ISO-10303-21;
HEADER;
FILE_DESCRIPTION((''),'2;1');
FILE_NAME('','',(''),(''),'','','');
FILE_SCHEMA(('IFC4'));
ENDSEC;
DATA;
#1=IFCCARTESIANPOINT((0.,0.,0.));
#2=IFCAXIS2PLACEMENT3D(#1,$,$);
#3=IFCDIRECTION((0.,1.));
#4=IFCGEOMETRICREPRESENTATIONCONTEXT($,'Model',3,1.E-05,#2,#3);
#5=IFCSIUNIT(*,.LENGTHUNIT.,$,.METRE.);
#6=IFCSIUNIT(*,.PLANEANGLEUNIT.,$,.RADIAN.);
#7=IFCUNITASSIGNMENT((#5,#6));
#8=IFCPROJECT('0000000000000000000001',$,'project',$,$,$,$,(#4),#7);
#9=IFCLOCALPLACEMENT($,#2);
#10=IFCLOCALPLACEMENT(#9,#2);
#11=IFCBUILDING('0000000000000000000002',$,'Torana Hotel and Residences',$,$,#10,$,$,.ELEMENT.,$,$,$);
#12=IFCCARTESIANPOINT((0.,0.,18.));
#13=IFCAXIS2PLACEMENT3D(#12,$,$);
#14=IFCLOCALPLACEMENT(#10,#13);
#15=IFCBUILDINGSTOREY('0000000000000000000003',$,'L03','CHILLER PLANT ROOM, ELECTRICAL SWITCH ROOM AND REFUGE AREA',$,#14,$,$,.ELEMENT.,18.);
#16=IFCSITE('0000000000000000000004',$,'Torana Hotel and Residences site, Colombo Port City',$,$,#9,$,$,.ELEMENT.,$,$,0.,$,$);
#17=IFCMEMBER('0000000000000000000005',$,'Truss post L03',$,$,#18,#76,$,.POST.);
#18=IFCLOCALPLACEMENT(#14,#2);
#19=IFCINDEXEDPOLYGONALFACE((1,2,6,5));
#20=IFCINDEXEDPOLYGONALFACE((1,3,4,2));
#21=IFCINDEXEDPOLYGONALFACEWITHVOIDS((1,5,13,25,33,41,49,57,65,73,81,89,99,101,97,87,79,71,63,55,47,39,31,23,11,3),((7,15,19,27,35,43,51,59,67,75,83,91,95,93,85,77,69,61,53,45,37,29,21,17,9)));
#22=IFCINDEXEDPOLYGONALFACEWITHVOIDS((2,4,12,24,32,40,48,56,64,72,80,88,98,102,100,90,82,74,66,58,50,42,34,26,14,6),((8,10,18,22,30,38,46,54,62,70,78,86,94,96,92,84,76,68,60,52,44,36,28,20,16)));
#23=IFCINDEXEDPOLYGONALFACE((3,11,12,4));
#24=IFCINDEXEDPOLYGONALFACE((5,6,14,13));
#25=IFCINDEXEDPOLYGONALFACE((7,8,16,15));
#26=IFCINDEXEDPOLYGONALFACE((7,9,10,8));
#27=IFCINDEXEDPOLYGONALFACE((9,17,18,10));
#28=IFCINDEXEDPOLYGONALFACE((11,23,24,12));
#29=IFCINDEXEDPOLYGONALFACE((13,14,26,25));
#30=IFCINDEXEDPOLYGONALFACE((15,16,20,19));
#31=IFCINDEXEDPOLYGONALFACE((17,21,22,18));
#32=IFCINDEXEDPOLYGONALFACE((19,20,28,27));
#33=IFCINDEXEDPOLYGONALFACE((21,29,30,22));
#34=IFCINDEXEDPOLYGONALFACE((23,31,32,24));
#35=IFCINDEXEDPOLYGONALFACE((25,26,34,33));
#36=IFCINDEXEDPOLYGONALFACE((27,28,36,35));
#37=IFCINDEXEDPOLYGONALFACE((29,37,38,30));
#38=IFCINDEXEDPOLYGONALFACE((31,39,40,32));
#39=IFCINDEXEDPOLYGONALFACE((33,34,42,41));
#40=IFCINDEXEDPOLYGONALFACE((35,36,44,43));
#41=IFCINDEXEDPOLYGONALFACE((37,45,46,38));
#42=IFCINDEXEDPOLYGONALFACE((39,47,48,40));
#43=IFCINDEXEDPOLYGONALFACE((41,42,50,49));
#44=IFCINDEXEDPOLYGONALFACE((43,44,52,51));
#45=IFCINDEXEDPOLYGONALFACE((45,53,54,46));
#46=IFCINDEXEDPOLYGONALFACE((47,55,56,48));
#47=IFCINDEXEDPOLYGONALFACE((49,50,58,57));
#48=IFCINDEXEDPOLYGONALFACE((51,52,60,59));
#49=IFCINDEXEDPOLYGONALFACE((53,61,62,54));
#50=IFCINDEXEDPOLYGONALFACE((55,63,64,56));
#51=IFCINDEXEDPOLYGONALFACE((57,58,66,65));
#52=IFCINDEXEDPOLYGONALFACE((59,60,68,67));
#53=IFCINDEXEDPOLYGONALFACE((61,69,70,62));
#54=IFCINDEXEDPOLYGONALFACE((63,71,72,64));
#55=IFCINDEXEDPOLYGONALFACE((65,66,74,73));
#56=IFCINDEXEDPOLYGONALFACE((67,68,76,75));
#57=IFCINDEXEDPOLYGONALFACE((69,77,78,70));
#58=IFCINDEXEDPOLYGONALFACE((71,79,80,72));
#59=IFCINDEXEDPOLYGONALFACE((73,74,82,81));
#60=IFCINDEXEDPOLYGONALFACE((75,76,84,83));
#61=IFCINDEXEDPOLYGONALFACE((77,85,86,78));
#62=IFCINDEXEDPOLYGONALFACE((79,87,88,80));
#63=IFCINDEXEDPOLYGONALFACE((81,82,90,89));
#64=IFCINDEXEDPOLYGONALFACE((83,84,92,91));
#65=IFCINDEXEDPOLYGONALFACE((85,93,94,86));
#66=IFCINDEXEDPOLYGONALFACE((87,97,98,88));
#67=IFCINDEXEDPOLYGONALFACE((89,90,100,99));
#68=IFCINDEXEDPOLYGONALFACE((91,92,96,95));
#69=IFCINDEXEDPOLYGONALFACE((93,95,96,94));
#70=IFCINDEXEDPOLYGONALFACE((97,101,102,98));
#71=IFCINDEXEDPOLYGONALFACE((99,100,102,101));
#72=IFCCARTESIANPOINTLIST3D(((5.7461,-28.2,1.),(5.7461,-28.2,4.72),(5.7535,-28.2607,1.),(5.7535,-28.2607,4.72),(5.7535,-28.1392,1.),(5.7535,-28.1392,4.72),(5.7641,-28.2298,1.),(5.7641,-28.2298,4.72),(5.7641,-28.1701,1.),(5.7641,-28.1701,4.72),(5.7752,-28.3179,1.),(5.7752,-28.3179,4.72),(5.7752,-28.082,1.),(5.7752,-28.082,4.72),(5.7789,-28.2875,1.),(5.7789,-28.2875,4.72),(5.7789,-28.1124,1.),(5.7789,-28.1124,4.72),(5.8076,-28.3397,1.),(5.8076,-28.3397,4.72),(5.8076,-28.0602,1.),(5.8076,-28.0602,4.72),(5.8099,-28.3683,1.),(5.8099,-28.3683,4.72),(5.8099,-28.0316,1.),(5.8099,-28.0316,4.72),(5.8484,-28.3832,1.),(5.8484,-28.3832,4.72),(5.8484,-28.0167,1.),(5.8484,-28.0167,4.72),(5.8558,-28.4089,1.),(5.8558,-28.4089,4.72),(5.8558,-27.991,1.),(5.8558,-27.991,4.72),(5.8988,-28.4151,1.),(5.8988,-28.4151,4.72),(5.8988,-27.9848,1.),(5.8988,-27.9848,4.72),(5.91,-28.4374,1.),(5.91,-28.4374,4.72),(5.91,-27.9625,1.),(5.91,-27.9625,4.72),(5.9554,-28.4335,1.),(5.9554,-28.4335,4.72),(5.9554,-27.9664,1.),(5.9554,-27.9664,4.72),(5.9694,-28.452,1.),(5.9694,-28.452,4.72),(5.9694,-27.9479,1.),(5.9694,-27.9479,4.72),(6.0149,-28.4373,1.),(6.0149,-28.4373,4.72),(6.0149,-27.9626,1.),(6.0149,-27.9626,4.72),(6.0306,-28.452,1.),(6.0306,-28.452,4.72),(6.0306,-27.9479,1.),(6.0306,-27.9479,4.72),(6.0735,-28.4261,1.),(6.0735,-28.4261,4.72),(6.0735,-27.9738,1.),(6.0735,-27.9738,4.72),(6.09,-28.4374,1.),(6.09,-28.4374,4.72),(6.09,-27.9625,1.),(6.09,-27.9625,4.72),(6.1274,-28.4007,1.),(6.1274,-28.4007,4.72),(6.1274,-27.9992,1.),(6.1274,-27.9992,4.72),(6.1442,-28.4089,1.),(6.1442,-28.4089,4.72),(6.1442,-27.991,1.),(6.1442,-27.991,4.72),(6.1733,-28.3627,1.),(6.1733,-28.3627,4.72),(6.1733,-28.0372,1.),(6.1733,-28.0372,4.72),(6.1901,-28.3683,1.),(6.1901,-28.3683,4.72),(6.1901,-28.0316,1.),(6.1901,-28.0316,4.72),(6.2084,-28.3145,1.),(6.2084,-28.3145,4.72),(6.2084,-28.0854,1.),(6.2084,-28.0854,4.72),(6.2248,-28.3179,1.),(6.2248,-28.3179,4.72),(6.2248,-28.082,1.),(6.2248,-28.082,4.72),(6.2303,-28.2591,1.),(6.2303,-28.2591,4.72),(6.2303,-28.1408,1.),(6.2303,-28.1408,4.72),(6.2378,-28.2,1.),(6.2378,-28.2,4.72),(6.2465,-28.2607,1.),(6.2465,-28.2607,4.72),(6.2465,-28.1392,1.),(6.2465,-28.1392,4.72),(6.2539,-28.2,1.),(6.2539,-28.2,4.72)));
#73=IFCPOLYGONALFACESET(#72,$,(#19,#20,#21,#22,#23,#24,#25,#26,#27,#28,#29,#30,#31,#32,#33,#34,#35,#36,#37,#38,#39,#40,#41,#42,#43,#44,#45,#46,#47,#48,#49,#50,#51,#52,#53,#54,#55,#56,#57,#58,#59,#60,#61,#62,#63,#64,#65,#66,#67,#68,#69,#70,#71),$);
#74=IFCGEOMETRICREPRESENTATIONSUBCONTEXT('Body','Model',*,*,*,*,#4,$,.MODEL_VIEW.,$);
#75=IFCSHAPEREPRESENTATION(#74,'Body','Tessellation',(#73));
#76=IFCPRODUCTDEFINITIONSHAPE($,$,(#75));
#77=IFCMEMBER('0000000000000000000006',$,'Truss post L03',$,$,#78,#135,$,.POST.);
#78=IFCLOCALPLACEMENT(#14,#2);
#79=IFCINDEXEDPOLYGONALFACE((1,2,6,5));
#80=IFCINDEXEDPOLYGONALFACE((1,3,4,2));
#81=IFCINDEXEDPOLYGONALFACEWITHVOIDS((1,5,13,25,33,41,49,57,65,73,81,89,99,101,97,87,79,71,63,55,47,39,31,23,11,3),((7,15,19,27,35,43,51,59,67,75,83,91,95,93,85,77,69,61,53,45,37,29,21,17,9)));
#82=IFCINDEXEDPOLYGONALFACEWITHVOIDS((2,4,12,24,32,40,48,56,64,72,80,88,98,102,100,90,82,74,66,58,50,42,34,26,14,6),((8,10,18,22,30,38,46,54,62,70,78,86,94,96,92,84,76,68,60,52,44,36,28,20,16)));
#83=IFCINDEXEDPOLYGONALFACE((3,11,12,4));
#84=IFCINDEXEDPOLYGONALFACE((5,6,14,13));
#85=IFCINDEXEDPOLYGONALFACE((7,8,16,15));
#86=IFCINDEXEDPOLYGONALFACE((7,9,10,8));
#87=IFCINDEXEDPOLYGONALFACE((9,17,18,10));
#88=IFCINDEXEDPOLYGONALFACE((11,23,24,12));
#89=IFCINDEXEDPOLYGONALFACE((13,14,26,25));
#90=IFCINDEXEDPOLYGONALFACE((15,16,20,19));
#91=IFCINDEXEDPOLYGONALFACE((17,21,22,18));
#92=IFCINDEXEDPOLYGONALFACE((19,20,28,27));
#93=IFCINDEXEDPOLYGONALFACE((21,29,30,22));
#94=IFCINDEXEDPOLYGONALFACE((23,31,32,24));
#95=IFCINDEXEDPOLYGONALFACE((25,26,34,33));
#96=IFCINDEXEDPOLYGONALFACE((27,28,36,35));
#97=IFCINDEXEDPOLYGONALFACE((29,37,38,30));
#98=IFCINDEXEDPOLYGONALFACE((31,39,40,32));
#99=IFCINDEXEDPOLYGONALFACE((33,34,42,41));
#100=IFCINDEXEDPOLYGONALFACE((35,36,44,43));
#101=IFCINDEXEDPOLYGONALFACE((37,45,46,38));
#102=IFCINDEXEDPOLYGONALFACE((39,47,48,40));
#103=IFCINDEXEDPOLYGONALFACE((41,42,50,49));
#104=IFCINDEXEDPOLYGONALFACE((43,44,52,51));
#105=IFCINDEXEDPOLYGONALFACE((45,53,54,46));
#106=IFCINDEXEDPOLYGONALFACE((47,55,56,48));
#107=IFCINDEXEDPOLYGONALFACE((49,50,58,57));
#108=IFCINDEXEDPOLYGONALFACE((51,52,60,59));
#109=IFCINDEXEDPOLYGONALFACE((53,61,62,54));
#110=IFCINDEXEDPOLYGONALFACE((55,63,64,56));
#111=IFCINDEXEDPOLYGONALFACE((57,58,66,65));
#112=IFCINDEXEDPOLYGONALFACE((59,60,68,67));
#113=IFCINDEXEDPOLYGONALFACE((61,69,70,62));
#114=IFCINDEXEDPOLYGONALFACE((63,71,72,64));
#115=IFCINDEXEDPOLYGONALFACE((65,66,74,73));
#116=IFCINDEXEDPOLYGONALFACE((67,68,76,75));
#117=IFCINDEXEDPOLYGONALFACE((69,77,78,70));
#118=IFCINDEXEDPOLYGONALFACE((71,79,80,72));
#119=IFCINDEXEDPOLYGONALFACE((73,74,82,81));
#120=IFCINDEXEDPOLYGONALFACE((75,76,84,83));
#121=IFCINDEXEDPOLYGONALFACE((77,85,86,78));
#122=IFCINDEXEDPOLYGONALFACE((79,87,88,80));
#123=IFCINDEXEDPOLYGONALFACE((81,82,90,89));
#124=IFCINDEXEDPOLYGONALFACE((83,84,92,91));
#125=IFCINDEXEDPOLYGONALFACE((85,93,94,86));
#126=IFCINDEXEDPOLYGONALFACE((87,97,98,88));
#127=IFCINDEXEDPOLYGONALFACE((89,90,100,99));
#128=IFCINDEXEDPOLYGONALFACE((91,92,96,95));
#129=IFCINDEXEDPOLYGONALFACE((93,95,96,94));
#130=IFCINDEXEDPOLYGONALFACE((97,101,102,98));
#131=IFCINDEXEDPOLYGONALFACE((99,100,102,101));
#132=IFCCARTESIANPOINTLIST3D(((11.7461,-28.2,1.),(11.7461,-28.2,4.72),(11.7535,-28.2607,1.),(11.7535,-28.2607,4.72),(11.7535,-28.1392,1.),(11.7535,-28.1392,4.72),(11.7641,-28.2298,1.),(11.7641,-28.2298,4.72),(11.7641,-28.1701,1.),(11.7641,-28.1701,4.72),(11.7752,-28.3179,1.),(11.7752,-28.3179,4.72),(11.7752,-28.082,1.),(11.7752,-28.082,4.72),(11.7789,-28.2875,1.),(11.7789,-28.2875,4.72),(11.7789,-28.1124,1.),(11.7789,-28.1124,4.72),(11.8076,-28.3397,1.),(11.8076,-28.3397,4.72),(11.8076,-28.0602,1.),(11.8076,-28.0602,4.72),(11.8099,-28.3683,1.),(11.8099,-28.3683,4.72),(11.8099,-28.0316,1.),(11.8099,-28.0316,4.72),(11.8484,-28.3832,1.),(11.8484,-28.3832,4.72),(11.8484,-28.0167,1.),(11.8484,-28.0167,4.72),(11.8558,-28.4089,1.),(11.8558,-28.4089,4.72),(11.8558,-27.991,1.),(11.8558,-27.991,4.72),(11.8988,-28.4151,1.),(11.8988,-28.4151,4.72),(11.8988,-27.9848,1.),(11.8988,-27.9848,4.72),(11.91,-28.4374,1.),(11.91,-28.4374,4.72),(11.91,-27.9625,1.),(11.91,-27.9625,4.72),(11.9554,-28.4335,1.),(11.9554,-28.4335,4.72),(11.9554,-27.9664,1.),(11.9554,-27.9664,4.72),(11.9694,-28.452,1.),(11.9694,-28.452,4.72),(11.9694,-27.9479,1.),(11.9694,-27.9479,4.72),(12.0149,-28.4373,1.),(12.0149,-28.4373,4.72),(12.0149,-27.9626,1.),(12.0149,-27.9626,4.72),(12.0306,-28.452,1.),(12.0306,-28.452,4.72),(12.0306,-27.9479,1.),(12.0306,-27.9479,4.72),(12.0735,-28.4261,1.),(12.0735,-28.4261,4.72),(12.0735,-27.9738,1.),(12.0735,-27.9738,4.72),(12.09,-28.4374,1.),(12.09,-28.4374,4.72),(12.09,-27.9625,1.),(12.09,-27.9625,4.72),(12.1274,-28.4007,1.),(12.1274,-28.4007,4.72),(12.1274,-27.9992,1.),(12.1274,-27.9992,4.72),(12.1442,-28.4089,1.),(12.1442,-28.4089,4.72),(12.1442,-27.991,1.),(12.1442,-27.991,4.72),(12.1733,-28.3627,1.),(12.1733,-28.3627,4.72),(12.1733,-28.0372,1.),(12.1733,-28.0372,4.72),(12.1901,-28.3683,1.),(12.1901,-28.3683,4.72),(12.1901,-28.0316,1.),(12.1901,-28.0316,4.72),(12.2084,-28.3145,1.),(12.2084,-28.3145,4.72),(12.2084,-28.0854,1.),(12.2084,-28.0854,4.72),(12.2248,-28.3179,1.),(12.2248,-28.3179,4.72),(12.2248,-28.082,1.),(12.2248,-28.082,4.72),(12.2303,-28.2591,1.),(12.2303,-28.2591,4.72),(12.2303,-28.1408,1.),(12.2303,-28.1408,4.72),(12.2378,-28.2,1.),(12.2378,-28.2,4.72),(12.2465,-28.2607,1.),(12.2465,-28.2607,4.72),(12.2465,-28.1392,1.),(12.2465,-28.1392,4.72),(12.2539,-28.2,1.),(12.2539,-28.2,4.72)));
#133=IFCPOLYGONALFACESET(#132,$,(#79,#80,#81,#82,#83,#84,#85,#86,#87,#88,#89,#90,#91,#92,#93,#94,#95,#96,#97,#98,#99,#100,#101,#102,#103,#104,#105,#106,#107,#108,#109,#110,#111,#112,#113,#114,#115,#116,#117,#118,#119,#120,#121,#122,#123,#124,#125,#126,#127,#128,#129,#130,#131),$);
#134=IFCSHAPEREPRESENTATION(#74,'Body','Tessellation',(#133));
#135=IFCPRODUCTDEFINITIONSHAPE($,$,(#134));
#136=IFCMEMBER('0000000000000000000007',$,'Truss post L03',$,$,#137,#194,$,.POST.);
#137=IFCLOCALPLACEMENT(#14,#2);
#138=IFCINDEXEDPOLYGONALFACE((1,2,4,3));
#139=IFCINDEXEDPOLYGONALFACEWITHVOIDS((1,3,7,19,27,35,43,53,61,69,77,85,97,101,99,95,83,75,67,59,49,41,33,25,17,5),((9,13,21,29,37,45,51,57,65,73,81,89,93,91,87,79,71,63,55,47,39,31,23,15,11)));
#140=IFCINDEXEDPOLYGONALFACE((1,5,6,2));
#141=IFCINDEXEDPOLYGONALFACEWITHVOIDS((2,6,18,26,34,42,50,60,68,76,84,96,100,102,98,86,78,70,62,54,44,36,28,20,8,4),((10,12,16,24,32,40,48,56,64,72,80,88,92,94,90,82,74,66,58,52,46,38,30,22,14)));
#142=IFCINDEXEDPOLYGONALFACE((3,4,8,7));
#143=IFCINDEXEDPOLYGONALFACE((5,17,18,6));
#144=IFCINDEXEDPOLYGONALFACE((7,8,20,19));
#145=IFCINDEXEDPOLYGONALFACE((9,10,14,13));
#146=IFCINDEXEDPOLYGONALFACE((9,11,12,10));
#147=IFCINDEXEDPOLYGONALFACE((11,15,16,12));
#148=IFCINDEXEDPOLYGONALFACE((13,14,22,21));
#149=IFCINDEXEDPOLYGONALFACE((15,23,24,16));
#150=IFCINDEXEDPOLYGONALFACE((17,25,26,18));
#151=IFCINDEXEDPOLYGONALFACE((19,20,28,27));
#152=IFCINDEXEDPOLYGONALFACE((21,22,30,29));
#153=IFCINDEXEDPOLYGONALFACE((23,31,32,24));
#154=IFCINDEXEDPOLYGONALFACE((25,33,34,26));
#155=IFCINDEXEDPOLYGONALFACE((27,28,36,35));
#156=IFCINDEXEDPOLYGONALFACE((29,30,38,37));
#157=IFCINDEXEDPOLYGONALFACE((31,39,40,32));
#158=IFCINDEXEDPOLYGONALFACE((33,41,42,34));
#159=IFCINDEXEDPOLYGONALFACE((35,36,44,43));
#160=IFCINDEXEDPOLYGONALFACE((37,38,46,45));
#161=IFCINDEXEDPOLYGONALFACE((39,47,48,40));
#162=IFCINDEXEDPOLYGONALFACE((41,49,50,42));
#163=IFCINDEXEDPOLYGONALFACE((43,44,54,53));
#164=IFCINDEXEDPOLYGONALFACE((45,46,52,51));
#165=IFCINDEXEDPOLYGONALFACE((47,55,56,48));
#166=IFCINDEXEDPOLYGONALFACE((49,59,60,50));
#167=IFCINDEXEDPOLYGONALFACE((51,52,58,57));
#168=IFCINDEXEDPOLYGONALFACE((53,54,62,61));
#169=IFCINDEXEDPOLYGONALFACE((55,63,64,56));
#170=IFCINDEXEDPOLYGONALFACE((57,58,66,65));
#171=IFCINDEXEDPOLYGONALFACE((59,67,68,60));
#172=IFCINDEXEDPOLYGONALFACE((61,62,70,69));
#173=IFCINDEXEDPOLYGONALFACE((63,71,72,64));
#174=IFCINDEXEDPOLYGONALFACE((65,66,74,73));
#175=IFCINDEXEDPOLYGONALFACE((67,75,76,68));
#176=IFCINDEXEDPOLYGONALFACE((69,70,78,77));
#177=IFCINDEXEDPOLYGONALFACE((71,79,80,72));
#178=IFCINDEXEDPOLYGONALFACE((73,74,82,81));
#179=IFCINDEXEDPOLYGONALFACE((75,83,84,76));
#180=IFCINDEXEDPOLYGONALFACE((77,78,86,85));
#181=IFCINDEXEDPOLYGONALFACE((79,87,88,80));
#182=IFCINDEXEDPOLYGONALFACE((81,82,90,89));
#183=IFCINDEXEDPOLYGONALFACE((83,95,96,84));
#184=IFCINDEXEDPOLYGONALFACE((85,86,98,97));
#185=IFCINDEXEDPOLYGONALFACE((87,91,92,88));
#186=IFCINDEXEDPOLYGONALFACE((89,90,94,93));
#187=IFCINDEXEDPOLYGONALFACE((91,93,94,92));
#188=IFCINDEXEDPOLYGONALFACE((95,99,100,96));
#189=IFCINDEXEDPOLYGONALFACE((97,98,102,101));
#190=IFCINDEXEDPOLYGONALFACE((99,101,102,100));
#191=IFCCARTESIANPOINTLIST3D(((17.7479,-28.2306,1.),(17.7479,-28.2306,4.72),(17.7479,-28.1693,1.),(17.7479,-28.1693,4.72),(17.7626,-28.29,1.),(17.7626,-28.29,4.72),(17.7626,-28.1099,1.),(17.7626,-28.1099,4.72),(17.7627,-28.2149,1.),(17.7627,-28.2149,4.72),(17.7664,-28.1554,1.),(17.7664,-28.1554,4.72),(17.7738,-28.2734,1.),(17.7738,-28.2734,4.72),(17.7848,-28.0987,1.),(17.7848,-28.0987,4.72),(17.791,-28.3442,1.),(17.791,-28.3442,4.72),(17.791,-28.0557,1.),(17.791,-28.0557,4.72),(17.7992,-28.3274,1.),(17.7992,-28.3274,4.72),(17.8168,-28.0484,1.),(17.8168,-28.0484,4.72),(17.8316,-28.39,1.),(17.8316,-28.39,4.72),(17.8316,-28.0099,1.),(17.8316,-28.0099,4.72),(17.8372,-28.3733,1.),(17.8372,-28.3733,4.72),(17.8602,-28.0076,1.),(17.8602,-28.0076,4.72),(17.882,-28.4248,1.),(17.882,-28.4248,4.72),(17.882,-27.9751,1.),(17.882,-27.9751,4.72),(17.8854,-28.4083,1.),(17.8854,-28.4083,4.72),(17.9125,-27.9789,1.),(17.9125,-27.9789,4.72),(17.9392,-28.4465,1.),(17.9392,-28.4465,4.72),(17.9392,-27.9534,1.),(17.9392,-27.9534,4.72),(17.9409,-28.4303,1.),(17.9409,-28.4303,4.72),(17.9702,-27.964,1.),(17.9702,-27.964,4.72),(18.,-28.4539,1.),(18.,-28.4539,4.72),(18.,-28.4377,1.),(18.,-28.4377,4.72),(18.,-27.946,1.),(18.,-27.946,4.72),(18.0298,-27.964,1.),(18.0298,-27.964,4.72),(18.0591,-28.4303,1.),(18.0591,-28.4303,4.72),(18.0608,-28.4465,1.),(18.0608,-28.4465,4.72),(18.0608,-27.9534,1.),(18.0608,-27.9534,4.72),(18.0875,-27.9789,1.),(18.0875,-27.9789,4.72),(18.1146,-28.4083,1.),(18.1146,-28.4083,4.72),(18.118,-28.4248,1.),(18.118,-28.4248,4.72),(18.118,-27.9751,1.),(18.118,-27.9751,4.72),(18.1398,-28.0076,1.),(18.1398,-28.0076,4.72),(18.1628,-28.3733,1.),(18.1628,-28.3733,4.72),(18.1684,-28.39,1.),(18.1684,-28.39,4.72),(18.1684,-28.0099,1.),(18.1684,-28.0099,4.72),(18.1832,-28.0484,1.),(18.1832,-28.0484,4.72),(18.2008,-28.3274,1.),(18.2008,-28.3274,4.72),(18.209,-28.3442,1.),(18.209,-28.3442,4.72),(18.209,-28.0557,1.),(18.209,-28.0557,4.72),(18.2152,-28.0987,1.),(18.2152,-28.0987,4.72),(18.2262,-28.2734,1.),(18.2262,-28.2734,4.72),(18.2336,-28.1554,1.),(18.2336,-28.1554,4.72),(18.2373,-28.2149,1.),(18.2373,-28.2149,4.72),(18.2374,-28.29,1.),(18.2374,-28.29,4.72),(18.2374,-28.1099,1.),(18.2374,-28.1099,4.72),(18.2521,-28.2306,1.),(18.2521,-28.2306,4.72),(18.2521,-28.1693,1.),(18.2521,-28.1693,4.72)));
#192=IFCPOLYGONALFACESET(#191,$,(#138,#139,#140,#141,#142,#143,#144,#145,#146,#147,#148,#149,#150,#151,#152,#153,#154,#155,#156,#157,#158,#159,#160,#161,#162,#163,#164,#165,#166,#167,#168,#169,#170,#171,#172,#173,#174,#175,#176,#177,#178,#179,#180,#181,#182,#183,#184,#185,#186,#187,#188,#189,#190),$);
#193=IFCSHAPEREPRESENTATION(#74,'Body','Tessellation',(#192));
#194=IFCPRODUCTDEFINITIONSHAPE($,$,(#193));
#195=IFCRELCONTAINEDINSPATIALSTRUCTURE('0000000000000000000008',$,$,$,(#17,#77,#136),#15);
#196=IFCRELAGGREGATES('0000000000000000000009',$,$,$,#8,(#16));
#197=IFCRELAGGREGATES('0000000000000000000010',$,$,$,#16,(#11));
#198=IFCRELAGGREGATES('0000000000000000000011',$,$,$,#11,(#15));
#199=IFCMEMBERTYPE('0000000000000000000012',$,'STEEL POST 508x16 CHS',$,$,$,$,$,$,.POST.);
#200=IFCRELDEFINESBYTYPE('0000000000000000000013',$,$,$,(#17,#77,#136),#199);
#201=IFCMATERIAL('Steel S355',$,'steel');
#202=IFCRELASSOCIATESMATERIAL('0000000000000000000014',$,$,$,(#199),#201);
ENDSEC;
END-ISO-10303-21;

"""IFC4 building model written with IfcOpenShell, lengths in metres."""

from ifc_helpers import new_model, si_unit, direction, frame, origin, origin_2d, place, context, subcontext, project, spatial, hollow_circle, extrude, material, material_profile, profile_set, type_object, element, save


model = new_model("IFC4")

# Units and contexts
model_context = context("Model", 3, precision=1e-05, world=origin(), true_north=direction((0.0, 1.0)))
body_context = subcontext(model_context, "Body", "Model", "MODEL_VIEW")
ifc_project = project(units=[si_unit("LENGTHUNIT", "METRE"), si_unit("PLANEANGLEUNIT", "RADIAN")], contexts=[model_context])

# Site, building, storey
site_placement = place(None, origin())
site = spatial("IfcSite", under=ifc_project, at=site_placement, Name="Torana Hotel and Residences site, Colombo Port City", CompositionType="ELEMENT", RefElevation=0.0)
building_placement = place(site_placement, origin())
building = spatial("IfcBuilding", under=site, at=building_placement, Name="Torana Hotel and Residences", CompositionType="ELEMENT")
storey_placement = place(building_placement, frame((0.0, 0.0, 18.0)))
storey = spatial("IfcBuildingStorey", under=building, at=storey_placement, Name="L03", Description="CHILLER PLANT ROOM, ELECTRICAL SWITCH ROOM AND REFUGE AREA", CompositionType="ELEMENT", Elevation=18.0)

# Members
ifc_material_1 = material(Name="Steel S355", Category="steel")
ifc_material_profile_1 = material_profile(ifc_material_1, hollow_circle(Radius=0.2539, WallThickness=0.0161, at=origin_2d()), Name="508x16 CHS")
ifc_profile_set_1 = profile_set([ifc_material_profile_1], Name="Steel S355")
member_type_1 = type_object("IfcMemberType", Name="STEEL POST 508x16 CHS", PredefinedType="POST", material=ifc_profile_set_1)
for number, where, z_axis, x_axis, name in (
    (1, (6.0, -28.2, 1.0), (0.0, 0.0, 1.0), (1.0, 0.0, 0.0), "Truss post L03"),
    (2, (12.0, -28.2, 1.0), (0.0, 0.0, 1.0), (1.0, 0.0, 0.0), "Truss post L03"),
    (3, (18.0, -28.2, 1.0), (0.0, 0.0, 1.0), (0.0, -1.0, 0.0), "Truss post L03"),
):
    element("IfcMember", number, at=place(storey_placement, frame(where, z_axis=z_axis, x_axis=x_axis)), inside=storey, type_object=member_type_1, Name=name, PredefinedType="POST", context=body_context, shape_type="SweptSolid", body=[
        extrude(hollow_circle(Radius=0.2539, WallThickness=0.0161, at=origin_2d()), origin(), (0.0, 0.0, 1.0), 3.72),
    ])

save(model, "model.ifc")
